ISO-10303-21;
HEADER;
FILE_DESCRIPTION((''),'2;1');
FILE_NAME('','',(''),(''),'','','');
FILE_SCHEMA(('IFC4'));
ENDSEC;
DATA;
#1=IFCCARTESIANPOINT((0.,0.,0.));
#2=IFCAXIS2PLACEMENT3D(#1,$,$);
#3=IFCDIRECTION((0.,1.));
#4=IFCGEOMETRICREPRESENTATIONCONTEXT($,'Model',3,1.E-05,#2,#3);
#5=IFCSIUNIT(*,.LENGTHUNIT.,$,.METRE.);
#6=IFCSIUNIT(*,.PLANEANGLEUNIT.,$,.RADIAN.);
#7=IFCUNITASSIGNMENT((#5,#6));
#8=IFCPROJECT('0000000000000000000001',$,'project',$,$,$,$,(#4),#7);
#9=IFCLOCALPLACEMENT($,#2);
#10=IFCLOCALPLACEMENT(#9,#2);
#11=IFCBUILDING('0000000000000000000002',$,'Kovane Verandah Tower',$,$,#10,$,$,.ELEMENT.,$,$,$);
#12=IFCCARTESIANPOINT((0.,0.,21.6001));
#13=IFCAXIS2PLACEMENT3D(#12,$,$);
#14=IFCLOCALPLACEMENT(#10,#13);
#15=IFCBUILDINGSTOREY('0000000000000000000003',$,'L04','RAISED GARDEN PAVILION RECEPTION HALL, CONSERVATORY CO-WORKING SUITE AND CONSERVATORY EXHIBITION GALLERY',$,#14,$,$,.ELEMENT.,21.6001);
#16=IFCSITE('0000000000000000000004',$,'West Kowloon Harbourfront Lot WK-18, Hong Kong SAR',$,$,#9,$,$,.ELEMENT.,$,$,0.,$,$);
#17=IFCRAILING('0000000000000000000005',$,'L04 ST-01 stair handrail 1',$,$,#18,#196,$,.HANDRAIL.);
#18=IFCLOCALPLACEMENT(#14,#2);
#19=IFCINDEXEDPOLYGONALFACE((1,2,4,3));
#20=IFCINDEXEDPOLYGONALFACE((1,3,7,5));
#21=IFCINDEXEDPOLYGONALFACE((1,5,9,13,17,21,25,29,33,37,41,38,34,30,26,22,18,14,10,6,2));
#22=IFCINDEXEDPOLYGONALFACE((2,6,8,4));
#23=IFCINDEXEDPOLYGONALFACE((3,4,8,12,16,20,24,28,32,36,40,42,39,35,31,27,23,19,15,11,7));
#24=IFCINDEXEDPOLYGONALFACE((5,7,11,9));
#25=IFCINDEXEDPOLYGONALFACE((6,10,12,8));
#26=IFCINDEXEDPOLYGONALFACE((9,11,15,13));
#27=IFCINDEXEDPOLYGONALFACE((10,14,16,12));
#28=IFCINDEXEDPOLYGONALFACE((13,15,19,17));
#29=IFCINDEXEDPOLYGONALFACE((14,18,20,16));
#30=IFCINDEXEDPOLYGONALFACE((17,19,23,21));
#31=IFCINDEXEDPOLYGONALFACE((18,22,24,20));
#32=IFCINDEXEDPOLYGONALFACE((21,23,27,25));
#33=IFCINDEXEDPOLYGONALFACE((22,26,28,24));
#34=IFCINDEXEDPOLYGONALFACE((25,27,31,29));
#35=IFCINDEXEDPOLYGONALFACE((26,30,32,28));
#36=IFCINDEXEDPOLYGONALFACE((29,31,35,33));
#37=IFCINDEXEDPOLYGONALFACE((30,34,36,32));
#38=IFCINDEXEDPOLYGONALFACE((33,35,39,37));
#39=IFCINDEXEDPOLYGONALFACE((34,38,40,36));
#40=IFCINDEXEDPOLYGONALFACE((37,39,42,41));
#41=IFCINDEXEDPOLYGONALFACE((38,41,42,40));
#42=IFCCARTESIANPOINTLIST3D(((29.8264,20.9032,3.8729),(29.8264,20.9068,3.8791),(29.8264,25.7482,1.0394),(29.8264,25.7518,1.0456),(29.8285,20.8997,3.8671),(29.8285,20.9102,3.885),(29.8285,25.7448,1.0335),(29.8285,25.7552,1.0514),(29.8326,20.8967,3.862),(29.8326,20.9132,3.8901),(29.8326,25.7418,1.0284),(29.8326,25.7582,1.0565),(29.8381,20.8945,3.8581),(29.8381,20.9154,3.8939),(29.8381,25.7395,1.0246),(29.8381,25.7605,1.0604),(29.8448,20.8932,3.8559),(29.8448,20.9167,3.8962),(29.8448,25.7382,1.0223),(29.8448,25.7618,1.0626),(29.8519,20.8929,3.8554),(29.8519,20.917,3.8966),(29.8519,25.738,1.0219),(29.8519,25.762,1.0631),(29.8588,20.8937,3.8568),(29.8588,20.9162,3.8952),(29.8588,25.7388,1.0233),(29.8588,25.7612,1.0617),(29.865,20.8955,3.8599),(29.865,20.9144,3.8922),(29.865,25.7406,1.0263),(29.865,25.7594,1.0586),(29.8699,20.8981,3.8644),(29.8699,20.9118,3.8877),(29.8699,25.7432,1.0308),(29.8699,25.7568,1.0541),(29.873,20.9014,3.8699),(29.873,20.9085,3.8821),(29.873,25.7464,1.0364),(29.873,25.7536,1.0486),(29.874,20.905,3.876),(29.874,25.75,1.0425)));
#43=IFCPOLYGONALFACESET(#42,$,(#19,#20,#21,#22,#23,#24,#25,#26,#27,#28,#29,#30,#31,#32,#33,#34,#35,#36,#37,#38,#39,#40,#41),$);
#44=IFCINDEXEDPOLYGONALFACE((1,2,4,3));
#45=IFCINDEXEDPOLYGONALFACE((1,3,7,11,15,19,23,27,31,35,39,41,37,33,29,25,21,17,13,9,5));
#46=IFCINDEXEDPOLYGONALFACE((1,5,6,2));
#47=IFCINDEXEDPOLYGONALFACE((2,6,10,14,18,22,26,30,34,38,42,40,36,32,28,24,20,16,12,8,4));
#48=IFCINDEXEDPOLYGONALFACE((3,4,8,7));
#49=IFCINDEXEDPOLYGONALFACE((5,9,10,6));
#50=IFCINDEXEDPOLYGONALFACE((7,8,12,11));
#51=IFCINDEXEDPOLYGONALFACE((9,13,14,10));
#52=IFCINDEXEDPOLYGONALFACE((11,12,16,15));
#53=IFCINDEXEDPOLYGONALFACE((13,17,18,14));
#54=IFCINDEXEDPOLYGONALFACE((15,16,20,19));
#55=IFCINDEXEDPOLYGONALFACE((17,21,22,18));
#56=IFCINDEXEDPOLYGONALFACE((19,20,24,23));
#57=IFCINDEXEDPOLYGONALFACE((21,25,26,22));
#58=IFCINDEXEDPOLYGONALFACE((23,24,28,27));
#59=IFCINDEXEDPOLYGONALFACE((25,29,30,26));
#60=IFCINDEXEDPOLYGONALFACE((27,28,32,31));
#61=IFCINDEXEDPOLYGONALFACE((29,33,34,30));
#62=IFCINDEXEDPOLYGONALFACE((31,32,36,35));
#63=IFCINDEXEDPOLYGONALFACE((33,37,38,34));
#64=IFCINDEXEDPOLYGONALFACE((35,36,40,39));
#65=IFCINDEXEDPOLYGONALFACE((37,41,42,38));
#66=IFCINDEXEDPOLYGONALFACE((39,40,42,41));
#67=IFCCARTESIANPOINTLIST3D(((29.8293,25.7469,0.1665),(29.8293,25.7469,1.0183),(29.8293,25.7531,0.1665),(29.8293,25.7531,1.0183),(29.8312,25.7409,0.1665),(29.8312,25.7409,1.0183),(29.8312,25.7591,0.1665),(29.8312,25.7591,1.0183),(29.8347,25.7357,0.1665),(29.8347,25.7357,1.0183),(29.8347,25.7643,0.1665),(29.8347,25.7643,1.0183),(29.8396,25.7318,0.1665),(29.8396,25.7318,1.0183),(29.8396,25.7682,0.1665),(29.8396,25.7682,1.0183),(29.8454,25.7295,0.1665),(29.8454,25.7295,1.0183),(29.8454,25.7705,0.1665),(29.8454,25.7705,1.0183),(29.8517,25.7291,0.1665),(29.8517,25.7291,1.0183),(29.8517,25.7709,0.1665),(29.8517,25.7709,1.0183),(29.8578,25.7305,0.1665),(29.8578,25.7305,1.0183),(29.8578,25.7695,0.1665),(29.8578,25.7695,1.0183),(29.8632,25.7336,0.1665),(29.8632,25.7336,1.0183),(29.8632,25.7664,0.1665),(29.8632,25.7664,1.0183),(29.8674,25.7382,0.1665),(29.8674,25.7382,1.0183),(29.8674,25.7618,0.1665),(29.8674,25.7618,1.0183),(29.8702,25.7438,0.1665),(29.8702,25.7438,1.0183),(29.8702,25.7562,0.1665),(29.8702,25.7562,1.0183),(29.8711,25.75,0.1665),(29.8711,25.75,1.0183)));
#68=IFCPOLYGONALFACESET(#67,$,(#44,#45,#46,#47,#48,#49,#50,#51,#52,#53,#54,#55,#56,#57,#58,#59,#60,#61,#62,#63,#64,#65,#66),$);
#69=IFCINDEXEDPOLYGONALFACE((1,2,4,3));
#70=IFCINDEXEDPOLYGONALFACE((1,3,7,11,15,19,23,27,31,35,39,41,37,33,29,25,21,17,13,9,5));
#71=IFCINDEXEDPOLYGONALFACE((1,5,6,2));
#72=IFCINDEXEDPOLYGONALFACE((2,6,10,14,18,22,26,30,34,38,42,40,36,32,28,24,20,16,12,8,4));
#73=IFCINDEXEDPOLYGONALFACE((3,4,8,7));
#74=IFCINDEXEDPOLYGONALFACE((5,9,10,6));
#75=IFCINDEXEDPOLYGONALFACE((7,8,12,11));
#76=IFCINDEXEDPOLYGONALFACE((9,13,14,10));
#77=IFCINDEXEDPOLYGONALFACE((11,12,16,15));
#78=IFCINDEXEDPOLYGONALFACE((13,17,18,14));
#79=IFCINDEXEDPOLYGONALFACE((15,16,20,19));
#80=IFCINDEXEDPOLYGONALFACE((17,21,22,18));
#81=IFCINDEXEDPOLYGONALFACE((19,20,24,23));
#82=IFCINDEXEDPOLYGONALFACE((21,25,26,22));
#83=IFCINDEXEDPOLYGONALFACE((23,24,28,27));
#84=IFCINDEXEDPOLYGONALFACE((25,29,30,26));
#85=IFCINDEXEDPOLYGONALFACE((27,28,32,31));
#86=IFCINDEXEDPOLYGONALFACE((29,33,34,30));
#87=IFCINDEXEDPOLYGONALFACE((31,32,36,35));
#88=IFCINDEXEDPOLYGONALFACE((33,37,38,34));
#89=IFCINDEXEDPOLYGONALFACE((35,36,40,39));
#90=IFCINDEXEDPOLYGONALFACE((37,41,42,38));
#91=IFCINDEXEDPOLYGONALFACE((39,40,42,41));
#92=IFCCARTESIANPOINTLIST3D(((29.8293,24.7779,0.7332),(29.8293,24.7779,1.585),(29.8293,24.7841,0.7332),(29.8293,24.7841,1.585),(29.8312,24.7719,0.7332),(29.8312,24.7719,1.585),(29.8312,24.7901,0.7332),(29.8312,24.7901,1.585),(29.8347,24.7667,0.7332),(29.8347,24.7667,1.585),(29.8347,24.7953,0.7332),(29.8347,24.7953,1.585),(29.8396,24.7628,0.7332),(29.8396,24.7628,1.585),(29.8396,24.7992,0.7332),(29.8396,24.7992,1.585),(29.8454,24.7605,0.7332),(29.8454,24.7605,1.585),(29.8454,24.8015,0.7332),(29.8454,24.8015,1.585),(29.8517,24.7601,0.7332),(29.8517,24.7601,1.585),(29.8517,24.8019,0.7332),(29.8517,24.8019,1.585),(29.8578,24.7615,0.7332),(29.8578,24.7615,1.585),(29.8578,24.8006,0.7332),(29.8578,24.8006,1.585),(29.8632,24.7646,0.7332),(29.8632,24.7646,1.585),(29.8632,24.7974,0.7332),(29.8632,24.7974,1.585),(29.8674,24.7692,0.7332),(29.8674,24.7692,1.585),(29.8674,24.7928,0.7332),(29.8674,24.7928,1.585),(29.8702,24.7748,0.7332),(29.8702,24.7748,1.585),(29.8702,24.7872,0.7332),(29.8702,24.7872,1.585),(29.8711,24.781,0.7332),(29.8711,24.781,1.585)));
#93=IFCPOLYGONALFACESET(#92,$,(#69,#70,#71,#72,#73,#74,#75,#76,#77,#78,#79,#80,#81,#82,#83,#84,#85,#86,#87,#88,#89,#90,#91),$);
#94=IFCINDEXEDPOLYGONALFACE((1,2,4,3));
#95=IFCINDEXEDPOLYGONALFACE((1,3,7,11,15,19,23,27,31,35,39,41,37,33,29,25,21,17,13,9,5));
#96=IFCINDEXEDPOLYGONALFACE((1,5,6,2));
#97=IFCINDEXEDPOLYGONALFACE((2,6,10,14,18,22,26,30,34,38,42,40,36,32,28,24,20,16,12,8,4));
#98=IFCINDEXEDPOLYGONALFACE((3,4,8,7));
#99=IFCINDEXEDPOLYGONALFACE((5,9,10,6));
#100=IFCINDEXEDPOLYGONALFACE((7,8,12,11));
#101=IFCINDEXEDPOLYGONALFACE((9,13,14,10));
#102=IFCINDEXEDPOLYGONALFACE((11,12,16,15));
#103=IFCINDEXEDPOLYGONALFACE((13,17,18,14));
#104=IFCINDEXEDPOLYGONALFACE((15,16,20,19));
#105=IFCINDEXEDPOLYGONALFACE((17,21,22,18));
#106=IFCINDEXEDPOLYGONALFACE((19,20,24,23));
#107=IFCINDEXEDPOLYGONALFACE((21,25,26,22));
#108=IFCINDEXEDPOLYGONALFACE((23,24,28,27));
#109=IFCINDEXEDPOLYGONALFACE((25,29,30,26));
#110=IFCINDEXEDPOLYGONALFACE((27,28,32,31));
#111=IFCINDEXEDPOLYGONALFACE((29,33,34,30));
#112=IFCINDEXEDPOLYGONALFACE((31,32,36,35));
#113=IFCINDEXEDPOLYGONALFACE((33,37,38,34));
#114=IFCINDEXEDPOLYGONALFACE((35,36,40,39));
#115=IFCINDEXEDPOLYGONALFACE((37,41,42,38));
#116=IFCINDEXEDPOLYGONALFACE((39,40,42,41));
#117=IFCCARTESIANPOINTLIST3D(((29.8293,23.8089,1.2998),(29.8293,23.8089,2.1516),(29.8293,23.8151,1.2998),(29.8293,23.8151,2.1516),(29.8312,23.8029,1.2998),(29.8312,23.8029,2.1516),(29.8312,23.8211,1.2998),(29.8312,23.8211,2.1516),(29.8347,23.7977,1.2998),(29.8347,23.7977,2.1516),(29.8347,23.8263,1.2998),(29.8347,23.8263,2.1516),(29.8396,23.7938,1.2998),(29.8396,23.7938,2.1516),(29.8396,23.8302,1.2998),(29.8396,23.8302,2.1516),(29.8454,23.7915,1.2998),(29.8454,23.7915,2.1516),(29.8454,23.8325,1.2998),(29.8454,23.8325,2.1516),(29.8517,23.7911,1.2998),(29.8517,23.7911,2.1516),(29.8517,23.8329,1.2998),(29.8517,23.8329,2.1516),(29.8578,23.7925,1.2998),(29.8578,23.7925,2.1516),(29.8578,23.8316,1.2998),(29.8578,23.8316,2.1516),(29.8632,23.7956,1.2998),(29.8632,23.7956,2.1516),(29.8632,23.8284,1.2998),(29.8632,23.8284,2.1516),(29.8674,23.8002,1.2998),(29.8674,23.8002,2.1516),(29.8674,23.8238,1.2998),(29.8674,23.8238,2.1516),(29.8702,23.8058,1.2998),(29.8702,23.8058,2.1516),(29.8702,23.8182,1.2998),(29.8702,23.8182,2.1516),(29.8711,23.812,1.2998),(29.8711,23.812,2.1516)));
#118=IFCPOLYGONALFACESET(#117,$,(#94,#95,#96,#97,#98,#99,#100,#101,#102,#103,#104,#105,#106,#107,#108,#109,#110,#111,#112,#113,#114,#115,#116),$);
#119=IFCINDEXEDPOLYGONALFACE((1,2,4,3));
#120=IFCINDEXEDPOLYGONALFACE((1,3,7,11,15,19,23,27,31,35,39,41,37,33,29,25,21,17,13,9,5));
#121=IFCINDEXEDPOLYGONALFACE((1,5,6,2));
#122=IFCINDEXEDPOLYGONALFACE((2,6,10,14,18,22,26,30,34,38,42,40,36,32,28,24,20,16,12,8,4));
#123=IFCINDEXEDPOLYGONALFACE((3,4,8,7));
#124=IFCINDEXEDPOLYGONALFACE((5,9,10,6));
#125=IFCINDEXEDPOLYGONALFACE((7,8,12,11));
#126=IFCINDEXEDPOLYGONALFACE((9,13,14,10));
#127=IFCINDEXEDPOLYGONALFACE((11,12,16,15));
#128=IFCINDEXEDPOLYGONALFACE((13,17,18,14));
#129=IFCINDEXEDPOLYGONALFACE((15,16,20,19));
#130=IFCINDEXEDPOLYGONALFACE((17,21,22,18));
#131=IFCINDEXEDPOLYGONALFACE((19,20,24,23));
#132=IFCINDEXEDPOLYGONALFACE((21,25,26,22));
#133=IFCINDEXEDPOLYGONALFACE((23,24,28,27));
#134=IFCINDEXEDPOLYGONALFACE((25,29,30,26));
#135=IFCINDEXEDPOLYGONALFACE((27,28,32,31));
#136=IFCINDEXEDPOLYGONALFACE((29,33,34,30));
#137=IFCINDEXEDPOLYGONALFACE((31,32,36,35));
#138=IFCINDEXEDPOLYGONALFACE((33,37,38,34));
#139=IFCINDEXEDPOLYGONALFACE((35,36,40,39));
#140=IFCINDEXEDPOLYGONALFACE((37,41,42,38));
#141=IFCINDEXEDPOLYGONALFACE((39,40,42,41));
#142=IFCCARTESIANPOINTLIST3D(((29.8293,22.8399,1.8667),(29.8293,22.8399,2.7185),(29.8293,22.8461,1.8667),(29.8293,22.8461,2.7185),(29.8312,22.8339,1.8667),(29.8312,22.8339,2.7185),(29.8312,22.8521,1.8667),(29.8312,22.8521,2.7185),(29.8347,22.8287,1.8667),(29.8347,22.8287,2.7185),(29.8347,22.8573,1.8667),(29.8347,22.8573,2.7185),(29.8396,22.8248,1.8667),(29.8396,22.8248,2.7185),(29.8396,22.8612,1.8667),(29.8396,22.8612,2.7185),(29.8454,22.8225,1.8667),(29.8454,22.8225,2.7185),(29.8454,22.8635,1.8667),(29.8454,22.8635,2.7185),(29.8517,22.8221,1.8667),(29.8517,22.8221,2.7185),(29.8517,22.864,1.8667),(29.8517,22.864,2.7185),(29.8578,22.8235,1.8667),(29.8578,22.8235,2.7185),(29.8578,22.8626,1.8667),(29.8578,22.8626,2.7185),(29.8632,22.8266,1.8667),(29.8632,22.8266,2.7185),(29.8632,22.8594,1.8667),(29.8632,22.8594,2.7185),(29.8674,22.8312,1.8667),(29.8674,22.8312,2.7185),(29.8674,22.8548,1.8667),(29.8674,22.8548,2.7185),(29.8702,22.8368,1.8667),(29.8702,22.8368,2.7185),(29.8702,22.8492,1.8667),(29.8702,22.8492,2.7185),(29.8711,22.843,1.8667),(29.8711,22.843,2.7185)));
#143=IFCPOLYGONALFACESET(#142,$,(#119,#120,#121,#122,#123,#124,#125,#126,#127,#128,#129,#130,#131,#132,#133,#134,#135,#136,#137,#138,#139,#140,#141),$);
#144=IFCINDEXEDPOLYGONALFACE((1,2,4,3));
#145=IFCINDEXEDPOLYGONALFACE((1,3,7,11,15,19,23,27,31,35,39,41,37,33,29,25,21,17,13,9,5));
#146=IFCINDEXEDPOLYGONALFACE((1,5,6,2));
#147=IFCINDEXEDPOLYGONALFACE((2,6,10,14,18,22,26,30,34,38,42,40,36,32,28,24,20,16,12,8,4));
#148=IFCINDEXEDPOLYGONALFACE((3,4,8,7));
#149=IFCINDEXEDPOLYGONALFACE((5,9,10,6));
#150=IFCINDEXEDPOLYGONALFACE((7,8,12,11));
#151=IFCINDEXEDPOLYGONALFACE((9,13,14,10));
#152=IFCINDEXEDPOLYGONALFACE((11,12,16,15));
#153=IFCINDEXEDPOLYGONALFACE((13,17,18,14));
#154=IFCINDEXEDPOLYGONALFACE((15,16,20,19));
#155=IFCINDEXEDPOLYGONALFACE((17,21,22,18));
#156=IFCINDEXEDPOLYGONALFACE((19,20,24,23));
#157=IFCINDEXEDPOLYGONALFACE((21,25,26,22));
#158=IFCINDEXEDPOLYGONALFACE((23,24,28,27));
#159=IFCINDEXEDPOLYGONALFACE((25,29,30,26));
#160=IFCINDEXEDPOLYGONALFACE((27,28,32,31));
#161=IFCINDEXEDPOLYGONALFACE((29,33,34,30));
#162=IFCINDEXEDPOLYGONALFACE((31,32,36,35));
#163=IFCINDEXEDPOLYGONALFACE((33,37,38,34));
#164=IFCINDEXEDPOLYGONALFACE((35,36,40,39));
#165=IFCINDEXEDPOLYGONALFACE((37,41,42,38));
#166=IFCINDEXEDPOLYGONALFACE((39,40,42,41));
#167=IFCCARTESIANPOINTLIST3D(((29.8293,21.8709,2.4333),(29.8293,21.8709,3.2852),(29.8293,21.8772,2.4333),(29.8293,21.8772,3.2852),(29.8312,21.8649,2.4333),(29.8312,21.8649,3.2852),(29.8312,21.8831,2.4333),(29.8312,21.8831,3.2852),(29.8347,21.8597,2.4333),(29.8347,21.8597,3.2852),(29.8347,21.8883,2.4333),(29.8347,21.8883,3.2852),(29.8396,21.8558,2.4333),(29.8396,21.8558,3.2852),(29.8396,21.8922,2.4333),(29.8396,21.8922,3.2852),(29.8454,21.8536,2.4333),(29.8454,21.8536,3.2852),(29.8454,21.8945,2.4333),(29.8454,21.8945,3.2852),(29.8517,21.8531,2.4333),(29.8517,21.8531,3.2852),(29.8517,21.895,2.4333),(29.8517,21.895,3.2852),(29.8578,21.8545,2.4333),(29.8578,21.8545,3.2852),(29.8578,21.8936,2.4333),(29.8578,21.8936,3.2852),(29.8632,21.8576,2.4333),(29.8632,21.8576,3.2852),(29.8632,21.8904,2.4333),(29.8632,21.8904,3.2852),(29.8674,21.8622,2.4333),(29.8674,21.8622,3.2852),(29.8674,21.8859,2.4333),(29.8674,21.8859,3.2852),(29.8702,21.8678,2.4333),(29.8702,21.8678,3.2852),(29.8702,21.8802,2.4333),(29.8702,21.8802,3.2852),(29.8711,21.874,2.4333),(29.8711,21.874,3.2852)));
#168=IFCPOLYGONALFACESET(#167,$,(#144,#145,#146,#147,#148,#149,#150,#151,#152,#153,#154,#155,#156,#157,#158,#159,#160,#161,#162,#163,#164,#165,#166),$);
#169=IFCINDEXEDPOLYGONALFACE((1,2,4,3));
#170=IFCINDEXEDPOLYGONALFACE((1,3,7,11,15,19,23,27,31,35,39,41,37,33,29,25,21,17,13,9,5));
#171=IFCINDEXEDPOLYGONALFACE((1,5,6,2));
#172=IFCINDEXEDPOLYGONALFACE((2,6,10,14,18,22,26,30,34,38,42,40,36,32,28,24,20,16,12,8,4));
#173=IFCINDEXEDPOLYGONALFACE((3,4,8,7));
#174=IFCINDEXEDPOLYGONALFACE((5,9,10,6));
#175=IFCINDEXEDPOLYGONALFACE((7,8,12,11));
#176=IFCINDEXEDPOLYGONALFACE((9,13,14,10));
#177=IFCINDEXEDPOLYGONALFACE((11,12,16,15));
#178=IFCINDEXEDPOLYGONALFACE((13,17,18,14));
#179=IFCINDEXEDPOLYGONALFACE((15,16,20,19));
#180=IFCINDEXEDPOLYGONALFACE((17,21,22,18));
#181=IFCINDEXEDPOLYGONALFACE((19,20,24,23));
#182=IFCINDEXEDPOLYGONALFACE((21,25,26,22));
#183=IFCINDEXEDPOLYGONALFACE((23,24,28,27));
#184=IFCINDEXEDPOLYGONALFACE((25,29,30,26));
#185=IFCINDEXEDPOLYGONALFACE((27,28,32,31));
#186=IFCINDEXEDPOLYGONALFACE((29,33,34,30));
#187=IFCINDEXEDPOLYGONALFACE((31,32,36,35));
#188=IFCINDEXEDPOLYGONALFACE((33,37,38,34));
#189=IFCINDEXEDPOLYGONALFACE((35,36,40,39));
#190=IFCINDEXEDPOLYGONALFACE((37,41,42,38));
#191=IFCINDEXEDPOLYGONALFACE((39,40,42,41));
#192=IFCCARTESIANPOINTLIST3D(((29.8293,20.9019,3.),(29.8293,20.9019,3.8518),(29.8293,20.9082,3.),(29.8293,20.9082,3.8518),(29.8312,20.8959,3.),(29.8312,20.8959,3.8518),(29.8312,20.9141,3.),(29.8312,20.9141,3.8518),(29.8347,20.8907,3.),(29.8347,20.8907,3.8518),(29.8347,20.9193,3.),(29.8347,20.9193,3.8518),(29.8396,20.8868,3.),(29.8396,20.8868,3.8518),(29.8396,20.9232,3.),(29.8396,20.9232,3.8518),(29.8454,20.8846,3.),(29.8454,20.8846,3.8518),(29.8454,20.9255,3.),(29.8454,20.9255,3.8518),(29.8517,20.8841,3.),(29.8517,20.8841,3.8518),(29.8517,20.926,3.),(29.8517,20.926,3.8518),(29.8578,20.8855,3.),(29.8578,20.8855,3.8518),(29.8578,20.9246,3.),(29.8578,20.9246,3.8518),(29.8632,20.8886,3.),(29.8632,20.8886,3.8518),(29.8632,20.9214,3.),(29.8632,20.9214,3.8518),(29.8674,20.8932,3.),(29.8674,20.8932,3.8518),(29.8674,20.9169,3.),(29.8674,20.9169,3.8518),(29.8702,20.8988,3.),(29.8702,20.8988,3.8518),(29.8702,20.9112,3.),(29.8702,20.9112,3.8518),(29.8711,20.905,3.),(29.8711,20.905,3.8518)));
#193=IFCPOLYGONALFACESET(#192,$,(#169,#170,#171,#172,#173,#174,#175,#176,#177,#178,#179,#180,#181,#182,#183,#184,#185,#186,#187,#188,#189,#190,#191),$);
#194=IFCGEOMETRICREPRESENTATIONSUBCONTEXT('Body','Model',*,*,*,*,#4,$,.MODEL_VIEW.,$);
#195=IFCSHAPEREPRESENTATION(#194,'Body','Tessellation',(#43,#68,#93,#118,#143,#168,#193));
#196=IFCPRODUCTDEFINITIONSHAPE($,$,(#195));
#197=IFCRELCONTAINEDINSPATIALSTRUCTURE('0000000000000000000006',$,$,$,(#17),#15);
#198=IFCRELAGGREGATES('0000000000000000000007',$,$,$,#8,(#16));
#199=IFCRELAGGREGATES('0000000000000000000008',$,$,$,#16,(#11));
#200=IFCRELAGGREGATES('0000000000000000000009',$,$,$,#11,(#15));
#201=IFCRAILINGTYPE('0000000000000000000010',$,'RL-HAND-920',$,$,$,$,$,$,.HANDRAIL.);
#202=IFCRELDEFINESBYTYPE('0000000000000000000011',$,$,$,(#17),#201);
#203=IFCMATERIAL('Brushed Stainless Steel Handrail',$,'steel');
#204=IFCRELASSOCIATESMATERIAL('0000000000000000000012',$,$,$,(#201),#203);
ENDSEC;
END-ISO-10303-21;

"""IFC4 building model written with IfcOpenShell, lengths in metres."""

from ifc_helpers import new_model, si_unit, direction, frame, origin, origin_2d, place, context, subcontext, project, spatial, circle, extrude, material, type_object, element, save


model = new_model("IFC4")

# Units and contexts
model_context = context("Model", 3, precision=1e-05, world=origin(), true_north=direction((0.0, 1.0)))
body_context = subcontext(model_context, "Body", "Model", "MODEL_VIEW")
ifc_project = project(units=[si_unit("LENGTHUNIT", "METRE"), si_unit("PLANEANGLEUNIT", "RADIAN")], contexts=[model_context])

# Site, building, storey
site_placement = place(None, origin())
site = spatial("IfcSite", under=ifc_project, at=site_placement, Name="West Kowloon Harbourfront Lot WK-18, Hong Kong SAR", CompositionType="ELEMENT", RefElevation=0.0)
building_placement = place(site_placement, origin())
building = spatial("IfcBuilding", under=site, at=building_placement, Name="Kovane Verandah Tower", CompositionType="ELEMENT")
storey_placement = place(building_placement, frame((0.0, 0.0, 21.6001)))
storey = spatial("IfcBuildingStorey", under=building, at=storey_placement, Name="L04", Description="RAISED GARDEN PAVILION RECEPTION HALL, CONSERVATORY CO-WORKING SUITE AND CONSERVATORY EXHIBITION GALLERY", CompositionType="ELEMENT", Elevation=21.6001)

# Railing
ifc_material_1 = material(Name="Brushed Stainless Steel Handrail", Category="steel")
railing_type_1 = type_object("IfcRailingType", Name="RL-HAND-920", PredefinedType="HANDRAIL", material=ifc_material_1)
railing_1_placement = place(storey_placement, frame((29.8501, 25.75, 0.1665)))
element("IfcRailing", 1, at=railing_1_placement, inside=storey, type_object=railing_type_1, Name="L04 ST-01 stair handrail 1", PredefinedType="HANDRAIL", context=body_context, shape_type="SweptSolid", body=[
    extrude(circle(Radius=0.0239, at=origin_2d()), frame((0.0, 0.0, 0.876), z_axis=(0.0, -0.863215, 0.504836), x_axis=(1.0, 0.0, 0.0)), (0.0, 0.0, 1.0), 5.6128),
    extrude(circle(Radius=0.021, at=origin_2d()), origin(), (0.0, 0.0, 1.0), 0.8518),
    extrude(circle(Radius=0.021, at=origin_2d()), frame((0.0, -0.969, 0.5667)), (0.0, 0.0, 1.0), 0.8518),
    extrude(circle(Radius=0.021, at=origin_2d()), frame((0.0, -1.938, 1.1333)), (0.0, 0.0, 1.0), 0.8518),
    extrude(circle(Radius=0.021, at=origin_2d()), frame((0.0, -2.907, 1.7002)), (0.0, 0.0, 1.0), 0.8518),
    extrude(circle(Radius=0.021, at=origin_2d()), frame((0.0, -3.876, 2.2668)), (0.0, 0.0, 1.0), 0.8518),
    extrude(circle(Radius=0.021, at=origin_2d()), frame((0.0, -4.845, 2.8335)), (0.0, 0.0, 1.0), 0.8518),
])

save(model, "model.ifc")
